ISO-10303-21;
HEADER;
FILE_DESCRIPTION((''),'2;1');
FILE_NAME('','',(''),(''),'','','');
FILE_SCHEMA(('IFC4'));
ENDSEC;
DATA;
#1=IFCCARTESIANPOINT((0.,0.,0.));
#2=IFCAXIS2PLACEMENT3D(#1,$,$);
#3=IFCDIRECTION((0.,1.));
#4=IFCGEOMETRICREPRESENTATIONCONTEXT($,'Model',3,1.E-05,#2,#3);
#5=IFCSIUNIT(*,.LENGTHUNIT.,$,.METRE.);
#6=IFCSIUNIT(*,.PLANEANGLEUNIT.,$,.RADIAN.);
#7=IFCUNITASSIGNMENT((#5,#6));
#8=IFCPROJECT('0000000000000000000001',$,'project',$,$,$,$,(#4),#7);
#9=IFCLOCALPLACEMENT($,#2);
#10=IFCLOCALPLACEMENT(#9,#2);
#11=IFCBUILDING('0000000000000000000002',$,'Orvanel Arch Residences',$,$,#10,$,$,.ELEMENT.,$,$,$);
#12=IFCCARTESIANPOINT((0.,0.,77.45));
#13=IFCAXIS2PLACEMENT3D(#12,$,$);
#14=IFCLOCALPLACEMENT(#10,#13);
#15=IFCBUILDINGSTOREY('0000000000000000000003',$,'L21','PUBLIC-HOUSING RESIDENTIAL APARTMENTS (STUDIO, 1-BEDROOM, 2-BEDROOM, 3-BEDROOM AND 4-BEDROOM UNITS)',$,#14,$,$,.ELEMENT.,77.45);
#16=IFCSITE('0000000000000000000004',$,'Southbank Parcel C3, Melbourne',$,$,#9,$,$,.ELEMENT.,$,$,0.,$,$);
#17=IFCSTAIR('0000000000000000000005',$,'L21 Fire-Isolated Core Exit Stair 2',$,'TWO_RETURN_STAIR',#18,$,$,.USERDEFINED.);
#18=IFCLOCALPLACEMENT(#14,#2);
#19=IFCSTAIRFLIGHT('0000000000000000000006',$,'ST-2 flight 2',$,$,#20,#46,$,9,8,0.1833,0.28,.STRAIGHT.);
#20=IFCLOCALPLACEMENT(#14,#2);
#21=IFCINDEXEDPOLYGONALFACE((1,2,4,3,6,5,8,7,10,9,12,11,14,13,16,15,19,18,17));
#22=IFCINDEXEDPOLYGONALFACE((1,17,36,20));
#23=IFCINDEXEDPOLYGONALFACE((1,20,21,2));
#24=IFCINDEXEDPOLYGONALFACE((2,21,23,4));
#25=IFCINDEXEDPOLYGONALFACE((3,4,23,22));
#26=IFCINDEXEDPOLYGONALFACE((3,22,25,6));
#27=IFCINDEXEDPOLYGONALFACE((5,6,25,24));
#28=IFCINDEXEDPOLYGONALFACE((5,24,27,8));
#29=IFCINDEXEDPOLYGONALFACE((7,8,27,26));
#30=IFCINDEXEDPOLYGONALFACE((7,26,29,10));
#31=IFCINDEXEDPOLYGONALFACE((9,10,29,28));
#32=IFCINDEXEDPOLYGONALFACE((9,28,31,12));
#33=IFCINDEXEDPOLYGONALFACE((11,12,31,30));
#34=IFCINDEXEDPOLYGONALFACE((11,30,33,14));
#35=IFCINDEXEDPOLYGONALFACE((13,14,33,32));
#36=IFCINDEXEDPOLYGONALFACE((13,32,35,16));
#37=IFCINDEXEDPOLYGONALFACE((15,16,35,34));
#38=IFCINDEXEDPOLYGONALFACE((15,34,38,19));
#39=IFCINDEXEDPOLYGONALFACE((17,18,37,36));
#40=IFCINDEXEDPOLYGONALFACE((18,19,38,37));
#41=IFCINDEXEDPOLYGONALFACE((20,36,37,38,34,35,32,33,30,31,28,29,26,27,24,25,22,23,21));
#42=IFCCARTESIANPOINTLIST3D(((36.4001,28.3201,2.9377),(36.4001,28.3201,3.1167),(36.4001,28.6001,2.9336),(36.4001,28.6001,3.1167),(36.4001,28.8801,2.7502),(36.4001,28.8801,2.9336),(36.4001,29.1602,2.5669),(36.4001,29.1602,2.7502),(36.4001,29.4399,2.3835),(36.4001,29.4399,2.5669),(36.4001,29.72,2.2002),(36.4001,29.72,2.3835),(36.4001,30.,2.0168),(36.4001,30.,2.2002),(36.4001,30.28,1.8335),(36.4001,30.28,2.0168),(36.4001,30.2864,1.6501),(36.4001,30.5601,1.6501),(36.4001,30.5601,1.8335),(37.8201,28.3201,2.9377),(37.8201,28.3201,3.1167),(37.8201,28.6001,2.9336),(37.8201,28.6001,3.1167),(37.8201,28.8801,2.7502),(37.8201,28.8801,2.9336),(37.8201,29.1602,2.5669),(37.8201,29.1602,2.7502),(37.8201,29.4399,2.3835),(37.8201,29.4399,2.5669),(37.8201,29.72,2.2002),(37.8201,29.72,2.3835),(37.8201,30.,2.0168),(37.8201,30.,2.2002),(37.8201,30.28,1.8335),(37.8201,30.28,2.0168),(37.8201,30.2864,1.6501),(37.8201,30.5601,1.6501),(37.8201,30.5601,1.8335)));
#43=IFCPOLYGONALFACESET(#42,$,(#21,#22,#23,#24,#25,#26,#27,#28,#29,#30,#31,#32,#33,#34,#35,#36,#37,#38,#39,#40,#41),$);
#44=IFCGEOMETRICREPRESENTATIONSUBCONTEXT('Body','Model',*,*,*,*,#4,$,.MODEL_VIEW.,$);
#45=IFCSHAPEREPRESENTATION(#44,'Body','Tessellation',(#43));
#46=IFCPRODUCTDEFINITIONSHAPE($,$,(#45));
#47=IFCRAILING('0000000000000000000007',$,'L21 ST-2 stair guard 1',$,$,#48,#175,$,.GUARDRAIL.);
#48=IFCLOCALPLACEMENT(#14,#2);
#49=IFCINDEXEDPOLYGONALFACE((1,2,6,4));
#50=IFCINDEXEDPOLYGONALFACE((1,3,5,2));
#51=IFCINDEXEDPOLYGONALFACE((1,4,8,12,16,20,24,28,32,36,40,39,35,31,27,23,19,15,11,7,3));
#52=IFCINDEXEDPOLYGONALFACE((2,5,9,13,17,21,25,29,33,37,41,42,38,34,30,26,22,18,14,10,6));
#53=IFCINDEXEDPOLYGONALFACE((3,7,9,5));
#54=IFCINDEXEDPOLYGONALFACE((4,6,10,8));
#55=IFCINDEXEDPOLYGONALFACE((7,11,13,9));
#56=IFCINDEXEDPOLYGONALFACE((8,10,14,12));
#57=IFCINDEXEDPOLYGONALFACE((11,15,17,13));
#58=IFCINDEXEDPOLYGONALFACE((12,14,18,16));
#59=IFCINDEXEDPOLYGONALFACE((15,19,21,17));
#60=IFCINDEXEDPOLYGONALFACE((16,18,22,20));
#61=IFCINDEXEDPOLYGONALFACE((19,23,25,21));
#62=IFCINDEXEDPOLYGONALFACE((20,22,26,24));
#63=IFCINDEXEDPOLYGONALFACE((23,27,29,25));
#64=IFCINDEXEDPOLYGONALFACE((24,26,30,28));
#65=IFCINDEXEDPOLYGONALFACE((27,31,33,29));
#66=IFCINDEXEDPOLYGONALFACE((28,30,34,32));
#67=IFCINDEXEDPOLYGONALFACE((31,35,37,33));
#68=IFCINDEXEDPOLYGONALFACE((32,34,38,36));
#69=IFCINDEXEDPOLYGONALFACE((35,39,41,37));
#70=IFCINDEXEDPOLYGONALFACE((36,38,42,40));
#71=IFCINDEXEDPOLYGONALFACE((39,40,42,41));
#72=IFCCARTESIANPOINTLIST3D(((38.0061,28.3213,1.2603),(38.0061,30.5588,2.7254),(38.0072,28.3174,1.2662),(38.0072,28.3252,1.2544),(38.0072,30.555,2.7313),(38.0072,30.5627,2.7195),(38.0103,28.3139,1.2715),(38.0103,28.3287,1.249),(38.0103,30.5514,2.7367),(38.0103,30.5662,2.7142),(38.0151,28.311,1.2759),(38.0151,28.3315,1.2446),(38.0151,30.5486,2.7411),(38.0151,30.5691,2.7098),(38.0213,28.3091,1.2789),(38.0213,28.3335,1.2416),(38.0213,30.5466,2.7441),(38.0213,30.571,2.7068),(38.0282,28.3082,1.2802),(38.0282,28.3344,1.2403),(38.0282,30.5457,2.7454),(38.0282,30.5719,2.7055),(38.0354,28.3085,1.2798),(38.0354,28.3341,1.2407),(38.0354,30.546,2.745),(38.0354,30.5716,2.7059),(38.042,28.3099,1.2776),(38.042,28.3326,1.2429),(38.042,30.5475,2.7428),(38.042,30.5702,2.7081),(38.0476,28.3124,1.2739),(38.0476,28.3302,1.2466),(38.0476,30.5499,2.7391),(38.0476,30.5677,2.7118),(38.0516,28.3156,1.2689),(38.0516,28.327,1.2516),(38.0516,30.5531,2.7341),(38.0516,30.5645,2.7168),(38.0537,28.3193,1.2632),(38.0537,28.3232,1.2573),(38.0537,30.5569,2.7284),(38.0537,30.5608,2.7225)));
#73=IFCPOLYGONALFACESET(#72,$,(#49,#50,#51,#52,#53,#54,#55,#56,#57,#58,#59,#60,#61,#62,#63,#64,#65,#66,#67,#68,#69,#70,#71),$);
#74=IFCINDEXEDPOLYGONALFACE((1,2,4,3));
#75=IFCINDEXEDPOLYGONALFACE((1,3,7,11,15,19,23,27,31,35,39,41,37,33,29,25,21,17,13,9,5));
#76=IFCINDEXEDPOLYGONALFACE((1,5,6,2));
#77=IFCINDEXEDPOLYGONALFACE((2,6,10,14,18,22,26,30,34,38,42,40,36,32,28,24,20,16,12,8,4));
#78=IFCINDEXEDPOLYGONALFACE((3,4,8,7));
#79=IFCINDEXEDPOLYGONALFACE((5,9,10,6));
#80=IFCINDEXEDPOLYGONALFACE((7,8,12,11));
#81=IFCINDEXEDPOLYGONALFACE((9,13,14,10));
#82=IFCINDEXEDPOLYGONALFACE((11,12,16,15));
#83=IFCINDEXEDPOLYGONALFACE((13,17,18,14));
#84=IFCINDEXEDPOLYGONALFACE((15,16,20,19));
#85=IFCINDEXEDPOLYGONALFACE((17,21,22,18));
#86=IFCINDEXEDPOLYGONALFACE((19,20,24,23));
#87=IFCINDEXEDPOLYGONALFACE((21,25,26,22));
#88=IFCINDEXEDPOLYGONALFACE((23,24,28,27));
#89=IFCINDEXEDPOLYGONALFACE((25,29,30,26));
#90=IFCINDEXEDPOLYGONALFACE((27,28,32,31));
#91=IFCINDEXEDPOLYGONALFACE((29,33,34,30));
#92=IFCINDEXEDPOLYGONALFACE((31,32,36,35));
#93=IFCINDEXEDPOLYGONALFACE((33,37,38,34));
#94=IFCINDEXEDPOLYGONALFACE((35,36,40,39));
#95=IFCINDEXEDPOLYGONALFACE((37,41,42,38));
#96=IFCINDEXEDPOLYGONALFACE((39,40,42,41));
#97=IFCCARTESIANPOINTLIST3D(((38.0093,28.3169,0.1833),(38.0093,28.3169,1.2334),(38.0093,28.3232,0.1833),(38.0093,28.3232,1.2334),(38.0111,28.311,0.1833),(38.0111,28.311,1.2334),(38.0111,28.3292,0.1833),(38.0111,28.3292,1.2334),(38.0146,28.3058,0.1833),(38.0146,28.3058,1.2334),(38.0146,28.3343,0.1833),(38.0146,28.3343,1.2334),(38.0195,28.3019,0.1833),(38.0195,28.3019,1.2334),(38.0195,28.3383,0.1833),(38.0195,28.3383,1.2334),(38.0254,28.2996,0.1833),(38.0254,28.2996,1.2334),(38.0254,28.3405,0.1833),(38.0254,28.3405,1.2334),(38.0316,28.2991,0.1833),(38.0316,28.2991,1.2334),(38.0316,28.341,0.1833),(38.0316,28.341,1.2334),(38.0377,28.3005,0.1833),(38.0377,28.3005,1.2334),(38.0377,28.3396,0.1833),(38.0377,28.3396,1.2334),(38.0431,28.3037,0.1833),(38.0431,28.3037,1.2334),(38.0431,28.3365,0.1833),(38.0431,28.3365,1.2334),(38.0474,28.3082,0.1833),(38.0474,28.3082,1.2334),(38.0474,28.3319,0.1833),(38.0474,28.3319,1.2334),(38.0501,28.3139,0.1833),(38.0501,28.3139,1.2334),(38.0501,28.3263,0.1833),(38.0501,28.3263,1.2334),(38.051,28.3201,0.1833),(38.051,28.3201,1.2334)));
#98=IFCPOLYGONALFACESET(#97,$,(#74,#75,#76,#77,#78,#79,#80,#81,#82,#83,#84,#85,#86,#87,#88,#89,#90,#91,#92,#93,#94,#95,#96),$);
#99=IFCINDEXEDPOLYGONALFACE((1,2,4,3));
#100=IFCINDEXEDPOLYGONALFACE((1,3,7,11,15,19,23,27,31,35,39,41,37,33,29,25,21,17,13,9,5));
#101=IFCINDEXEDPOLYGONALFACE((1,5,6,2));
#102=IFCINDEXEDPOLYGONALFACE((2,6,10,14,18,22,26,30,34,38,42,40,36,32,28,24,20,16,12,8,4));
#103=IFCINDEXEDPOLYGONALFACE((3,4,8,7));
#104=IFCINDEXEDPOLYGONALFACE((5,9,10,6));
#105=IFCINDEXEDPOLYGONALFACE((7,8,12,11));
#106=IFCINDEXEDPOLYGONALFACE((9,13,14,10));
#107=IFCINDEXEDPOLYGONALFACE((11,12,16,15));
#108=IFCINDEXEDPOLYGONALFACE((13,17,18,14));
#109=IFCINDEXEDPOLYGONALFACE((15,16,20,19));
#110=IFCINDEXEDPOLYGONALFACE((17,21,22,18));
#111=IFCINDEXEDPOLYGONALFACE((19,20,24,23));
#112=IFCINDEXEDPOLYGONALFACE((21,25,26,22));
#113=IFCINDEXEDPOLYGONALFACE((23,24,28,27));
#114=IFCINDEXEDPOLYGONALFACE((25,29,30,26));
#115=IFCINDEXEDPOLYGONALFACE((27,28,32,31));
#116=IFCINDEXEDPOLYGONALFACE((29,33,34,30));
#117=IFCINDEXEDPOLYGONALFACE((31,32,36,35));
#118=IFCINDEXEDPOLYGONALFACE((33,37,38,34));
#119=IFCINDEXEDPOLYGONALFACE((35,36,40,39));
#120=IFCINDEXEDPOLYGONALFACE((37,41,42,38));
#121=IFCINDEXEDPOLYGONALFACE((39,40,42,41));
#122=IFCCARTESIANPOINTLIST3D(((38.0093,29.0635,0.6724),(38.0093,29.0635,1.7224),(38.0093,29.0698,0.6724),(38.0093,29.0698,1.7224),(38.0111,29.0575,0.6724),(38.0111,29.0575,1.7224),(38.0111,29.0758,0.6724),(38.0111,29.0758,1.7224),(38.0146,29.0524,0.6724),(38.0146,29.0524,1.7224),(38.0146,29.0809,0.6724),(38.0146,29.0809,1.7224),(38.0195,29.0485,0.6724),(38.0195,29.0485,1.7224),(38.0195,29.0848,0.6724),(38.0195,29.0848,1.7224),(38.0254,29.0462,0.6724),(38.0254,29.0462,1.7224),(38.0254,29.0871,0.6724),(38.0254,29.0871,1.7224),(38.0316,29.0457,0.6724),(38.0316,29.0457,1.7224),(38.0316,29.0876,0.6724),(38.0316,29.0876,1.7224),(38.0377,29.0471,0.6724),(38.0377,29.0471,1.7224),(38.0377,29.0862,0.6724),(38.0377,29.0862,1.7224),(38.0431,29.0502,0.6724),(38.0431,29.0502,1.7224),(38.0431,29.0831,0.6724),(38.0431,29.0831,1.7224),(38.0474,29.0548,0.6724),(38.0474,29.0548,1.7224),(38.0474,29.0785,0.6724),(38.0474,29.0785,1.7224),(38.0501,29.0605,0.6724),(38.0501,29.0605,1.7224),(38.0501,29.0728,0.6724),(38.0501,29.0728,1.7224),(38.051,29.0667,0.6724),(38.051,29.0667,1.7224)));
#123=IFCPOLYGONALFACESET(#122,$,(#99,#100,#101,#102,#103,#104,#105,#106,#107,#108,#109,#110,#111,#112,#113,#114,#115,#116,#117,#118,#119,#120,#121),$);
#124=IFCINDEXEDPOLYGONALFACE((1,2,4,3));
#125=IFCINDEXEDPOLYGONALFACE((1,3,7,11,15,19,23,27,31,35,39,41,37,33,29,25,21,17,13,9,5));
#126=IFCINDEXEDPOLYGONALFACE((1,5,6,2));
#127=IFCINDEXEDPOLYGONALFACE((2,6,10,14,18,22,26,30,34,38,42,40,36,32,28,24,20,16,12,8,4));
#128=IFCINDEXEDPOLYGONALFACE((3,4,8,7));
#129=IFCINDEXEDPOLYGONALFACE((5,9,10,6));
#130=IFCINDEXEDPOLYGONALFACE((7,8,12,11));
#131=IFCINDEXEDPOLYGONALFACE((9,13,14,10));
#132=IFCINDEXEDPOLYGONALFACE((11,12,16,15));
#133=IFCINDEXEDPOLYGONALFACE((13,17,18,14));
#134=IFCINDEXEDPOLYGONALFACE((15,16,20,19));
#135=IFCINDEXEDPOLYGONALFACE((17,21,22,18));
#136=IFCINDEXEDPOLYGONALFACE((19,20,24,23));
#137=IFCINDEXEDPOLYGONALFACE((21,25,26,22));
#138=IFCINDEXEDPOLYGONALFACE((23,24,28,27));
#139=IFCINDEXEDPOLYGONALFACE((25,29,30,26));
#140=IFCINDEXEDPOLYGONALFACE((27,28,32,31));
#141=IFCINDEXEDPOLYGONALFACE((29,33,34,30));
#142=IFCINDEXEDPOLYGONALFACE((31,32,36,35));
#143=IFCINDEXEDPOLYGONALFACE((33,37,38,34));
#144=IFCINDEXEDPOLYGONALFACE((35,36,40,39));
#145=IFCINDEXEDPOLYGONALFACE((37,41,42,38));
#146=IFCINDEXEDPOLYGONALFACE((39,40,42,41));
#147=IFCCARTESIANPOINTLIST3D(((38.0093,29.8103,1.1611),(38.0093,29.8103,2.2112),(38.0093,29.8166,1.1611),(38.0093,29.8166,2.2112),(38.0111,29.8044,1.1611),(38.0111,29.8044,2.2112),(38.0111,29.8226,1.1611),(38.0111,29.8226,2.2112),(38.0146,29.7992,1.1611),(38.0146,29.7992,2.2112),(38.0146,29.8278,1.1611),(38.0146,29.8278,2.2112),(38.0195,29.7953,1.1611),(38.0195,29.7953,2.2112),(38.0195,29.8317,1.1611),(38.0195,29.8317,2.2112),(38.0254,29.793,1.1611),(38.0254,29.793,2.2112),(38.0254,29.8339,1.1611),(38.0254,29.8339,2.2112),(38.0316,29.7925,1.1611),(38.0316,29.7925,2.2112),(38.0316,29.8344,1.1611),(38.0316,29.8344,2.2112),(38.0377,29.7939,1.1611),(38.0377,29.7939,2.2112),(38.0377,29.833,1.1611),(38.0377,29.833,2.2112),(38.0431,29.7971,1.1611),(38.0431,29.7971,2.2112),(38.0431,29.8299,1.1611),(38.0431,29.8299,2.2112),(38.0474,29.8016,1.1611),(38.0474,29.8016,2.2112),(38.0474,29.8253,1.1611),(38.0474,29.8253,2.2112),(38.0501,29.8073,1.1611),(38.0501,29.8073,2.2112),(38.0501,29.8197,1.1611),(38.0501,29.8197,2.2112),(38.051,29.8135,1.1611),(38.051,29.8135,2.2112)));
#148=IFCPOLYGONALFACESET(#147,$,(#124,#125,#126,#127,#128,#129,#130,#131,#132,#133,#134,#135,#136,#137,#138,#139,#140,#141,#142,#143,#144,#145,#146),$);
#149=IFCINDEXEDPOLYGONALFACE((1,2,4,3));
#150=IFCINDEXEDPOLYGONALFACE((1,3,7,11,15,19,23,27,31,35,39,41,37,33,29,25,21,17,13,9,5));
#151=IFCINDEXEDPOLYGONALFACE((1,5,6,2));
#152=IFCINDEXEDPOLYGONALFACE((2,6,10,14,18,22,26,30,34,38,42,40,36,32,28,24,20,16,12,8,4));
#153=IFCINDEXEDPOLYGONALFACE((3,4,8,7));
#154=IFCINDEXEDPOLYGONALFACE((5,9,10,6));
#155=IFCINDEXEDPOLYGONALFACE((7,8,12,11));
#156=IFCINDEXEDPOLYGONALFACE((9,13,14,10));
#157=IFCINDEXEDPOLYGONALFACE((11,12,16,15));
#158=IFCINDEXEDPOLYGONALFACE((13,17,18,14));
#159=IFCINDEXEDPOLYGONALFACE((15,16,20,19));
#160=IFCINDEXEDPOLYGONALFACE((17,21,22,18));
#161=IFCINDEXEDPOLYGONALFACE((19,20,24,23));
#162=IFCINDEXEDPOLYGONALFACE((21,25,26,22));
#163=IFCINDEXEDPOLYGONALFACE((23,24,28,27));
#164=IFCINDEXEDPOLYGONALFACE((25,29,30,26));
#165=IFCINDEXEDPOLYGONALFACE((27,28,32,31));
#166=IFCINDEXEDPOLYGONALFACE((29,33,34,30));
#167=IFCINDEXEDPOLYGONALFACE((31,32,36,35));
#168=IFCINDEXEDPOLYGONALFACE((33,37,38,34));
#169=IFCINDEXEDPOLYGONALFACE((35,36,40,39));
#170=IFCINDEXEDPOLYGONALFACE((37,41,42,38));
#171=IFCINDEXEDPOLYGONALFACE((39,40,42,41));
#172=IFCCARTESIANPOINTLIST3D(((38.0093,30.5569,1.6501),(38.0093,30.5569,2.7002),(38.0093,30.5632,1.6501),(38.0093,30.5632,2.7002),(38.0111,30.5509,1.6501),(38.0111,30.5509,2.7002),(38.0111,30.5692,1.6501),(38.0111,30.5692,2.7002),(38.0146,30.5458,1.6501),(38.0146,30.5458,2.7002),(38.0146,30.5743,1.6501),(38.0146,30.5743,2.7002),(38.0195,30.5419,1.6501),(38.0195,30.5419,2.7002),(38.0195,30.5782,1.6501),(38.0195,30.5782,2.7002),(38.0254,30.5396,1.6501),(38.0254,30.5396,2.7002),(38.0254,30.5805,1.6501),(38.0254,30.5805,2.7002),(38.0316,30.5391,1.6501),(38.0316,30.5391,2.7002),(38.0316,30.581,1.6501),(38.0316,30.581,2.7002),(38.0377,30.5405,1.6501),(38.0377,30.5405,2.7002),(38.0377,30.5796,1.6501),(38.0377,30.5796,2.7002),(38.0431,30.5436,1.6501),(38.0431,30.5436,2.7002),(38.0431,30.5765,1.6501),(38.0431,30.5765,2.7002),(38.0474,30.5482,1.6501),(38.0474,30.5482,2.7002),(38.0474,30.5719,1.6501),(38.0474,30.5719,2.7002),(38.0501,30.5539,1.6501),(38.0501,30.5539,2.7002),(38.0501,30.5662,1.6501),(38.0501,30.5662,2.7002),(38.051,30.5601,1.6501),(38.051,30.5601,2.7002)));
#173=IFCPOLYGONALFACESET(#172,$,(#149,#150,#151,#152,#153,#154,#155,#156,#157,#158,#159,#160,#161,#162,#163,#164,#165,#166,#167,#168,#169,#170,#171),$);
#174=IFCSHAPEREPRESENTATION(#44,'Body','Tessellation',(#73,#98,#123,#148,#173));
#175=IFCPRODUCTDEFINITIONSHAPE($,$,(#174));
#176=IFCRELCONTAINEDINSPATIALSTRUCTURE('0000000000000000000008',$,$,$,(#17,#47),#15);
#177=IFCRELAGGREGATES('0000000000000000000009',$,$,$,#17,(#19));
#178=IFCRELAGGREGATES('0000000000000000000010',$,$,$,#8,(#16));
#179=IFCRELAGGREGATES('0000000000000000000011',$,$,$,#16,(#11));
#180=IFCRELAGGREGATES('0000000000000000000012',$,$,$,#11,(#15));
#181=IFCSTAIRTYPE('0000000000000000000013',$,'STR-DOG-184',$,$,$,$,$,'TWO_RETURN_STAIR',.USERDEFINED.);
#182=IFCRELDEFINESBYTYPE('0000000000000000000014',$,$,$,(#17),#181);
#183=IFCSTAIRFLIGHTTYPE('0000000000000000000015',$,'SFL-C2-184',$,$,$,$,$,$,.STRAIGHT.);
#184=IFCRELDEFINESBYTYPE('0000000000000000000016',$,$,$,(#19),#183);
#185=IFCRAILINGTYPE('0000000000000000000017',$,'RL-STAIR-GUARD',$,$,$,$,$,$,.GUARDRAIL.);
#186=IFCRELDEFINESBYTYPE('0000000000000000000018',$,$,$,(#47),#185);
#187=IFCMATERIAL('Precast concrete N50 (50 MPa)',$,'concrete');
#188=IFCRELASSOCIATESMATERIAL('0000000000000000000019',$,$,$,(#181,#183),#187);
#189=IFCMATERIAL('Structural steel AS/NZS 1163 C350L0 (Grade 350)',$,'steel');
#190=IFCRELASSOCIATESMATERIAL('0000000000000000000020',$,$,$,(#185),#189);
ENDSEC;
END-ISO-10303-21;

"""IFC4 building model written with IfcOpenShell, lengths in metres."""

from ifc_helpers import new_model, si_unit, direction, frame, origin, origin_2d, place, context, subcontext, project, spatial, polyline, circle, outline, extrude, material, type_object, element, aggregate, save


model = new_model("IFC4")

# Units and contexts
model_context = context("Model", 3, precision=1e-05, world=origin(), true_north=direction((0.0, 1.0)))
body_context = subcontext(model_context, "Body", "Model", "MODEL_VIEW")
ifc_project = project(units=[si_unit("LENGTHUNIT", "METRE"), si_unit("PLANEANGLEUNIT", "RADIAN")], contexts=[model_context])

# Site, building, storey
site_placement = place(None, origin())
site = spatial("IfcSite", under=ifc_project, at=site_placement, Name="Southbank Parcel C3, Melbourne", CompositionType="ELEMENT", RefElevation=0.0)
building_placement = place(site_placement, origin())
building = spatial("IfcBuilding", under=site, at=building_placement, Name="Orvanel Arch Residences", CompositionType="ELEMENT")
storey_placement = place(building_placement, frame((0.0, 0.0, 77.45)))
storey = spatial("IfcBuildingStorey", under=building, at=storey_placement, Name="L21", Description="PUBLIC-HOUSING RESIDENTIAL APARTMENTS (STUDIO, 1-BEDROOM, 2-BEDROOM, 3-BEDROOM AND 4-BEDROOM UNITS)", CompositionType="ELEMENT", Elevation=77.45)

# Stair, stair flight
ifc_material_1 = material(Name="Precast concrete N50 (50 MPa)", Category="concrete")
stair_type = type_object("IfcStairType", Name="STR-DOG-184", ElementType="TWO_RETURN_STAIR", PredefinedType="USERDEFINED", material=ifc_material_1)
stair_placement = place(storey_placement, origin())
stair = element("IfcStair", 1, at=stair_placement, inside=storey, type_object=stair_type, Name="L21 Fire-Isolated Core Exit Stair 2", ObjectType="TWO_RETURN_STAIR", PredefinedType="USERDEFINED")
stair_flight_type = type_object("IfcStairFlightType", Name="SFL-C2-184", PredefinedType="STRAIGHT", material=ifc_material_1)
stair_flight_1_placement = place(storey_placement, frame((37.1101, 30.5601, 1.6501), z_axis=(0.0, 0.0, 1.0), x_axis=(0.0, -1.0, 0.0)))
stair_flight_1 = element("IfcStairFlight", 2, at=stair_flight_1_placement, type_object=stair_flight_type, Name="ST-2 flight 2", NumberOfRisers=9, NumberOfTreads=8, PredefinedType="STRAIGHT", RiserHeight=0.1833, TreadLength=0.28, context=body_context, shape_type="SweptSolid", body=[
    extrude(outline(polyline([(0.0, 0.0), (0.0, 0.1833), (0.28, 0.1833), (0.28, 0.3667), (0.5601, 0.3667), (0.5601, 0.55), (0.8401, 0.55), (0.8401, 0.7334), (1.1201, 0.7334), (1.1201, 0.9167), (1.3999, 0.9167), (1.3999, 1.1001), (1.6799, 1.1001), (1.6799, 1.2834), (1.96, 1.2834), (1.96, 1.4666), (2.24, 1.4666), (2.24, 1.6499), (2.24, 1.2876), (0.2737, 0.0), (0.0, 0.0)])), frame((0.0, 0.71, 0.0), z_axis=(0.0, -1.0, 0.0), x_axis=(1.0, 0.0, 0.0)), (0.0, 0.0, 1.0), 1.4199),
])
aggregate(stair, [stair_flight_1])

# Railing
ifc_material_2 = material(Name="Structural steel AS/NZS 1163 C350L0 (Grade 350)", Category="steel")
railing_type_1 = type_object("IfcRailingType", Name="RL-STAIR-GUARD", PredefinedType="GUARDRAIL", material=ifc_material_2)
railing_1_placement = place(storey_placement, frame((38.03, 28.3201, 0.1833)))
element("IfcRailing", 3, at=railing_1_placement, inside=storey, type_object=railing_type_1, Name="L21 ST-2 stair guard 1", PredefinedType="GUARDRAIL", context=body_context, shape_type="SweptSolid", body=[
    extrude(circle(Radius=0.0239, at=origin_2d()), frame((0.0, 0.0012, 1.0769), z_axis=(0.0, 0.836595, 0.547822), x_axis=(-1.0, 0.0, 0.0)), (0.0, 0.0, 1.0), 2.6746),
    extrude(circle(Radius=0.021, at=origin_2d()), origin(), (0.0, 0.0, 1.0), 1.05),
    extrude(circle(Radius=0.021, at=origin_2d()), frame((0.0, 0.7466, 0.489)), (0.0, 0.0, 1.0), 1.05),
    extrude(circle(Radius=0.021, at=origin_2d()), frame((0.0, 1.4934, 0.9778)), (0.0, 0.0, 1.0), 1.05),
    extrude(circle(Radius=0.021, at=origin_2d()), frame((0.0, 2.24, 1.4668)), (0.0, 0.0, 1.0), 1.05),
])

save(model, "model.ifc")
